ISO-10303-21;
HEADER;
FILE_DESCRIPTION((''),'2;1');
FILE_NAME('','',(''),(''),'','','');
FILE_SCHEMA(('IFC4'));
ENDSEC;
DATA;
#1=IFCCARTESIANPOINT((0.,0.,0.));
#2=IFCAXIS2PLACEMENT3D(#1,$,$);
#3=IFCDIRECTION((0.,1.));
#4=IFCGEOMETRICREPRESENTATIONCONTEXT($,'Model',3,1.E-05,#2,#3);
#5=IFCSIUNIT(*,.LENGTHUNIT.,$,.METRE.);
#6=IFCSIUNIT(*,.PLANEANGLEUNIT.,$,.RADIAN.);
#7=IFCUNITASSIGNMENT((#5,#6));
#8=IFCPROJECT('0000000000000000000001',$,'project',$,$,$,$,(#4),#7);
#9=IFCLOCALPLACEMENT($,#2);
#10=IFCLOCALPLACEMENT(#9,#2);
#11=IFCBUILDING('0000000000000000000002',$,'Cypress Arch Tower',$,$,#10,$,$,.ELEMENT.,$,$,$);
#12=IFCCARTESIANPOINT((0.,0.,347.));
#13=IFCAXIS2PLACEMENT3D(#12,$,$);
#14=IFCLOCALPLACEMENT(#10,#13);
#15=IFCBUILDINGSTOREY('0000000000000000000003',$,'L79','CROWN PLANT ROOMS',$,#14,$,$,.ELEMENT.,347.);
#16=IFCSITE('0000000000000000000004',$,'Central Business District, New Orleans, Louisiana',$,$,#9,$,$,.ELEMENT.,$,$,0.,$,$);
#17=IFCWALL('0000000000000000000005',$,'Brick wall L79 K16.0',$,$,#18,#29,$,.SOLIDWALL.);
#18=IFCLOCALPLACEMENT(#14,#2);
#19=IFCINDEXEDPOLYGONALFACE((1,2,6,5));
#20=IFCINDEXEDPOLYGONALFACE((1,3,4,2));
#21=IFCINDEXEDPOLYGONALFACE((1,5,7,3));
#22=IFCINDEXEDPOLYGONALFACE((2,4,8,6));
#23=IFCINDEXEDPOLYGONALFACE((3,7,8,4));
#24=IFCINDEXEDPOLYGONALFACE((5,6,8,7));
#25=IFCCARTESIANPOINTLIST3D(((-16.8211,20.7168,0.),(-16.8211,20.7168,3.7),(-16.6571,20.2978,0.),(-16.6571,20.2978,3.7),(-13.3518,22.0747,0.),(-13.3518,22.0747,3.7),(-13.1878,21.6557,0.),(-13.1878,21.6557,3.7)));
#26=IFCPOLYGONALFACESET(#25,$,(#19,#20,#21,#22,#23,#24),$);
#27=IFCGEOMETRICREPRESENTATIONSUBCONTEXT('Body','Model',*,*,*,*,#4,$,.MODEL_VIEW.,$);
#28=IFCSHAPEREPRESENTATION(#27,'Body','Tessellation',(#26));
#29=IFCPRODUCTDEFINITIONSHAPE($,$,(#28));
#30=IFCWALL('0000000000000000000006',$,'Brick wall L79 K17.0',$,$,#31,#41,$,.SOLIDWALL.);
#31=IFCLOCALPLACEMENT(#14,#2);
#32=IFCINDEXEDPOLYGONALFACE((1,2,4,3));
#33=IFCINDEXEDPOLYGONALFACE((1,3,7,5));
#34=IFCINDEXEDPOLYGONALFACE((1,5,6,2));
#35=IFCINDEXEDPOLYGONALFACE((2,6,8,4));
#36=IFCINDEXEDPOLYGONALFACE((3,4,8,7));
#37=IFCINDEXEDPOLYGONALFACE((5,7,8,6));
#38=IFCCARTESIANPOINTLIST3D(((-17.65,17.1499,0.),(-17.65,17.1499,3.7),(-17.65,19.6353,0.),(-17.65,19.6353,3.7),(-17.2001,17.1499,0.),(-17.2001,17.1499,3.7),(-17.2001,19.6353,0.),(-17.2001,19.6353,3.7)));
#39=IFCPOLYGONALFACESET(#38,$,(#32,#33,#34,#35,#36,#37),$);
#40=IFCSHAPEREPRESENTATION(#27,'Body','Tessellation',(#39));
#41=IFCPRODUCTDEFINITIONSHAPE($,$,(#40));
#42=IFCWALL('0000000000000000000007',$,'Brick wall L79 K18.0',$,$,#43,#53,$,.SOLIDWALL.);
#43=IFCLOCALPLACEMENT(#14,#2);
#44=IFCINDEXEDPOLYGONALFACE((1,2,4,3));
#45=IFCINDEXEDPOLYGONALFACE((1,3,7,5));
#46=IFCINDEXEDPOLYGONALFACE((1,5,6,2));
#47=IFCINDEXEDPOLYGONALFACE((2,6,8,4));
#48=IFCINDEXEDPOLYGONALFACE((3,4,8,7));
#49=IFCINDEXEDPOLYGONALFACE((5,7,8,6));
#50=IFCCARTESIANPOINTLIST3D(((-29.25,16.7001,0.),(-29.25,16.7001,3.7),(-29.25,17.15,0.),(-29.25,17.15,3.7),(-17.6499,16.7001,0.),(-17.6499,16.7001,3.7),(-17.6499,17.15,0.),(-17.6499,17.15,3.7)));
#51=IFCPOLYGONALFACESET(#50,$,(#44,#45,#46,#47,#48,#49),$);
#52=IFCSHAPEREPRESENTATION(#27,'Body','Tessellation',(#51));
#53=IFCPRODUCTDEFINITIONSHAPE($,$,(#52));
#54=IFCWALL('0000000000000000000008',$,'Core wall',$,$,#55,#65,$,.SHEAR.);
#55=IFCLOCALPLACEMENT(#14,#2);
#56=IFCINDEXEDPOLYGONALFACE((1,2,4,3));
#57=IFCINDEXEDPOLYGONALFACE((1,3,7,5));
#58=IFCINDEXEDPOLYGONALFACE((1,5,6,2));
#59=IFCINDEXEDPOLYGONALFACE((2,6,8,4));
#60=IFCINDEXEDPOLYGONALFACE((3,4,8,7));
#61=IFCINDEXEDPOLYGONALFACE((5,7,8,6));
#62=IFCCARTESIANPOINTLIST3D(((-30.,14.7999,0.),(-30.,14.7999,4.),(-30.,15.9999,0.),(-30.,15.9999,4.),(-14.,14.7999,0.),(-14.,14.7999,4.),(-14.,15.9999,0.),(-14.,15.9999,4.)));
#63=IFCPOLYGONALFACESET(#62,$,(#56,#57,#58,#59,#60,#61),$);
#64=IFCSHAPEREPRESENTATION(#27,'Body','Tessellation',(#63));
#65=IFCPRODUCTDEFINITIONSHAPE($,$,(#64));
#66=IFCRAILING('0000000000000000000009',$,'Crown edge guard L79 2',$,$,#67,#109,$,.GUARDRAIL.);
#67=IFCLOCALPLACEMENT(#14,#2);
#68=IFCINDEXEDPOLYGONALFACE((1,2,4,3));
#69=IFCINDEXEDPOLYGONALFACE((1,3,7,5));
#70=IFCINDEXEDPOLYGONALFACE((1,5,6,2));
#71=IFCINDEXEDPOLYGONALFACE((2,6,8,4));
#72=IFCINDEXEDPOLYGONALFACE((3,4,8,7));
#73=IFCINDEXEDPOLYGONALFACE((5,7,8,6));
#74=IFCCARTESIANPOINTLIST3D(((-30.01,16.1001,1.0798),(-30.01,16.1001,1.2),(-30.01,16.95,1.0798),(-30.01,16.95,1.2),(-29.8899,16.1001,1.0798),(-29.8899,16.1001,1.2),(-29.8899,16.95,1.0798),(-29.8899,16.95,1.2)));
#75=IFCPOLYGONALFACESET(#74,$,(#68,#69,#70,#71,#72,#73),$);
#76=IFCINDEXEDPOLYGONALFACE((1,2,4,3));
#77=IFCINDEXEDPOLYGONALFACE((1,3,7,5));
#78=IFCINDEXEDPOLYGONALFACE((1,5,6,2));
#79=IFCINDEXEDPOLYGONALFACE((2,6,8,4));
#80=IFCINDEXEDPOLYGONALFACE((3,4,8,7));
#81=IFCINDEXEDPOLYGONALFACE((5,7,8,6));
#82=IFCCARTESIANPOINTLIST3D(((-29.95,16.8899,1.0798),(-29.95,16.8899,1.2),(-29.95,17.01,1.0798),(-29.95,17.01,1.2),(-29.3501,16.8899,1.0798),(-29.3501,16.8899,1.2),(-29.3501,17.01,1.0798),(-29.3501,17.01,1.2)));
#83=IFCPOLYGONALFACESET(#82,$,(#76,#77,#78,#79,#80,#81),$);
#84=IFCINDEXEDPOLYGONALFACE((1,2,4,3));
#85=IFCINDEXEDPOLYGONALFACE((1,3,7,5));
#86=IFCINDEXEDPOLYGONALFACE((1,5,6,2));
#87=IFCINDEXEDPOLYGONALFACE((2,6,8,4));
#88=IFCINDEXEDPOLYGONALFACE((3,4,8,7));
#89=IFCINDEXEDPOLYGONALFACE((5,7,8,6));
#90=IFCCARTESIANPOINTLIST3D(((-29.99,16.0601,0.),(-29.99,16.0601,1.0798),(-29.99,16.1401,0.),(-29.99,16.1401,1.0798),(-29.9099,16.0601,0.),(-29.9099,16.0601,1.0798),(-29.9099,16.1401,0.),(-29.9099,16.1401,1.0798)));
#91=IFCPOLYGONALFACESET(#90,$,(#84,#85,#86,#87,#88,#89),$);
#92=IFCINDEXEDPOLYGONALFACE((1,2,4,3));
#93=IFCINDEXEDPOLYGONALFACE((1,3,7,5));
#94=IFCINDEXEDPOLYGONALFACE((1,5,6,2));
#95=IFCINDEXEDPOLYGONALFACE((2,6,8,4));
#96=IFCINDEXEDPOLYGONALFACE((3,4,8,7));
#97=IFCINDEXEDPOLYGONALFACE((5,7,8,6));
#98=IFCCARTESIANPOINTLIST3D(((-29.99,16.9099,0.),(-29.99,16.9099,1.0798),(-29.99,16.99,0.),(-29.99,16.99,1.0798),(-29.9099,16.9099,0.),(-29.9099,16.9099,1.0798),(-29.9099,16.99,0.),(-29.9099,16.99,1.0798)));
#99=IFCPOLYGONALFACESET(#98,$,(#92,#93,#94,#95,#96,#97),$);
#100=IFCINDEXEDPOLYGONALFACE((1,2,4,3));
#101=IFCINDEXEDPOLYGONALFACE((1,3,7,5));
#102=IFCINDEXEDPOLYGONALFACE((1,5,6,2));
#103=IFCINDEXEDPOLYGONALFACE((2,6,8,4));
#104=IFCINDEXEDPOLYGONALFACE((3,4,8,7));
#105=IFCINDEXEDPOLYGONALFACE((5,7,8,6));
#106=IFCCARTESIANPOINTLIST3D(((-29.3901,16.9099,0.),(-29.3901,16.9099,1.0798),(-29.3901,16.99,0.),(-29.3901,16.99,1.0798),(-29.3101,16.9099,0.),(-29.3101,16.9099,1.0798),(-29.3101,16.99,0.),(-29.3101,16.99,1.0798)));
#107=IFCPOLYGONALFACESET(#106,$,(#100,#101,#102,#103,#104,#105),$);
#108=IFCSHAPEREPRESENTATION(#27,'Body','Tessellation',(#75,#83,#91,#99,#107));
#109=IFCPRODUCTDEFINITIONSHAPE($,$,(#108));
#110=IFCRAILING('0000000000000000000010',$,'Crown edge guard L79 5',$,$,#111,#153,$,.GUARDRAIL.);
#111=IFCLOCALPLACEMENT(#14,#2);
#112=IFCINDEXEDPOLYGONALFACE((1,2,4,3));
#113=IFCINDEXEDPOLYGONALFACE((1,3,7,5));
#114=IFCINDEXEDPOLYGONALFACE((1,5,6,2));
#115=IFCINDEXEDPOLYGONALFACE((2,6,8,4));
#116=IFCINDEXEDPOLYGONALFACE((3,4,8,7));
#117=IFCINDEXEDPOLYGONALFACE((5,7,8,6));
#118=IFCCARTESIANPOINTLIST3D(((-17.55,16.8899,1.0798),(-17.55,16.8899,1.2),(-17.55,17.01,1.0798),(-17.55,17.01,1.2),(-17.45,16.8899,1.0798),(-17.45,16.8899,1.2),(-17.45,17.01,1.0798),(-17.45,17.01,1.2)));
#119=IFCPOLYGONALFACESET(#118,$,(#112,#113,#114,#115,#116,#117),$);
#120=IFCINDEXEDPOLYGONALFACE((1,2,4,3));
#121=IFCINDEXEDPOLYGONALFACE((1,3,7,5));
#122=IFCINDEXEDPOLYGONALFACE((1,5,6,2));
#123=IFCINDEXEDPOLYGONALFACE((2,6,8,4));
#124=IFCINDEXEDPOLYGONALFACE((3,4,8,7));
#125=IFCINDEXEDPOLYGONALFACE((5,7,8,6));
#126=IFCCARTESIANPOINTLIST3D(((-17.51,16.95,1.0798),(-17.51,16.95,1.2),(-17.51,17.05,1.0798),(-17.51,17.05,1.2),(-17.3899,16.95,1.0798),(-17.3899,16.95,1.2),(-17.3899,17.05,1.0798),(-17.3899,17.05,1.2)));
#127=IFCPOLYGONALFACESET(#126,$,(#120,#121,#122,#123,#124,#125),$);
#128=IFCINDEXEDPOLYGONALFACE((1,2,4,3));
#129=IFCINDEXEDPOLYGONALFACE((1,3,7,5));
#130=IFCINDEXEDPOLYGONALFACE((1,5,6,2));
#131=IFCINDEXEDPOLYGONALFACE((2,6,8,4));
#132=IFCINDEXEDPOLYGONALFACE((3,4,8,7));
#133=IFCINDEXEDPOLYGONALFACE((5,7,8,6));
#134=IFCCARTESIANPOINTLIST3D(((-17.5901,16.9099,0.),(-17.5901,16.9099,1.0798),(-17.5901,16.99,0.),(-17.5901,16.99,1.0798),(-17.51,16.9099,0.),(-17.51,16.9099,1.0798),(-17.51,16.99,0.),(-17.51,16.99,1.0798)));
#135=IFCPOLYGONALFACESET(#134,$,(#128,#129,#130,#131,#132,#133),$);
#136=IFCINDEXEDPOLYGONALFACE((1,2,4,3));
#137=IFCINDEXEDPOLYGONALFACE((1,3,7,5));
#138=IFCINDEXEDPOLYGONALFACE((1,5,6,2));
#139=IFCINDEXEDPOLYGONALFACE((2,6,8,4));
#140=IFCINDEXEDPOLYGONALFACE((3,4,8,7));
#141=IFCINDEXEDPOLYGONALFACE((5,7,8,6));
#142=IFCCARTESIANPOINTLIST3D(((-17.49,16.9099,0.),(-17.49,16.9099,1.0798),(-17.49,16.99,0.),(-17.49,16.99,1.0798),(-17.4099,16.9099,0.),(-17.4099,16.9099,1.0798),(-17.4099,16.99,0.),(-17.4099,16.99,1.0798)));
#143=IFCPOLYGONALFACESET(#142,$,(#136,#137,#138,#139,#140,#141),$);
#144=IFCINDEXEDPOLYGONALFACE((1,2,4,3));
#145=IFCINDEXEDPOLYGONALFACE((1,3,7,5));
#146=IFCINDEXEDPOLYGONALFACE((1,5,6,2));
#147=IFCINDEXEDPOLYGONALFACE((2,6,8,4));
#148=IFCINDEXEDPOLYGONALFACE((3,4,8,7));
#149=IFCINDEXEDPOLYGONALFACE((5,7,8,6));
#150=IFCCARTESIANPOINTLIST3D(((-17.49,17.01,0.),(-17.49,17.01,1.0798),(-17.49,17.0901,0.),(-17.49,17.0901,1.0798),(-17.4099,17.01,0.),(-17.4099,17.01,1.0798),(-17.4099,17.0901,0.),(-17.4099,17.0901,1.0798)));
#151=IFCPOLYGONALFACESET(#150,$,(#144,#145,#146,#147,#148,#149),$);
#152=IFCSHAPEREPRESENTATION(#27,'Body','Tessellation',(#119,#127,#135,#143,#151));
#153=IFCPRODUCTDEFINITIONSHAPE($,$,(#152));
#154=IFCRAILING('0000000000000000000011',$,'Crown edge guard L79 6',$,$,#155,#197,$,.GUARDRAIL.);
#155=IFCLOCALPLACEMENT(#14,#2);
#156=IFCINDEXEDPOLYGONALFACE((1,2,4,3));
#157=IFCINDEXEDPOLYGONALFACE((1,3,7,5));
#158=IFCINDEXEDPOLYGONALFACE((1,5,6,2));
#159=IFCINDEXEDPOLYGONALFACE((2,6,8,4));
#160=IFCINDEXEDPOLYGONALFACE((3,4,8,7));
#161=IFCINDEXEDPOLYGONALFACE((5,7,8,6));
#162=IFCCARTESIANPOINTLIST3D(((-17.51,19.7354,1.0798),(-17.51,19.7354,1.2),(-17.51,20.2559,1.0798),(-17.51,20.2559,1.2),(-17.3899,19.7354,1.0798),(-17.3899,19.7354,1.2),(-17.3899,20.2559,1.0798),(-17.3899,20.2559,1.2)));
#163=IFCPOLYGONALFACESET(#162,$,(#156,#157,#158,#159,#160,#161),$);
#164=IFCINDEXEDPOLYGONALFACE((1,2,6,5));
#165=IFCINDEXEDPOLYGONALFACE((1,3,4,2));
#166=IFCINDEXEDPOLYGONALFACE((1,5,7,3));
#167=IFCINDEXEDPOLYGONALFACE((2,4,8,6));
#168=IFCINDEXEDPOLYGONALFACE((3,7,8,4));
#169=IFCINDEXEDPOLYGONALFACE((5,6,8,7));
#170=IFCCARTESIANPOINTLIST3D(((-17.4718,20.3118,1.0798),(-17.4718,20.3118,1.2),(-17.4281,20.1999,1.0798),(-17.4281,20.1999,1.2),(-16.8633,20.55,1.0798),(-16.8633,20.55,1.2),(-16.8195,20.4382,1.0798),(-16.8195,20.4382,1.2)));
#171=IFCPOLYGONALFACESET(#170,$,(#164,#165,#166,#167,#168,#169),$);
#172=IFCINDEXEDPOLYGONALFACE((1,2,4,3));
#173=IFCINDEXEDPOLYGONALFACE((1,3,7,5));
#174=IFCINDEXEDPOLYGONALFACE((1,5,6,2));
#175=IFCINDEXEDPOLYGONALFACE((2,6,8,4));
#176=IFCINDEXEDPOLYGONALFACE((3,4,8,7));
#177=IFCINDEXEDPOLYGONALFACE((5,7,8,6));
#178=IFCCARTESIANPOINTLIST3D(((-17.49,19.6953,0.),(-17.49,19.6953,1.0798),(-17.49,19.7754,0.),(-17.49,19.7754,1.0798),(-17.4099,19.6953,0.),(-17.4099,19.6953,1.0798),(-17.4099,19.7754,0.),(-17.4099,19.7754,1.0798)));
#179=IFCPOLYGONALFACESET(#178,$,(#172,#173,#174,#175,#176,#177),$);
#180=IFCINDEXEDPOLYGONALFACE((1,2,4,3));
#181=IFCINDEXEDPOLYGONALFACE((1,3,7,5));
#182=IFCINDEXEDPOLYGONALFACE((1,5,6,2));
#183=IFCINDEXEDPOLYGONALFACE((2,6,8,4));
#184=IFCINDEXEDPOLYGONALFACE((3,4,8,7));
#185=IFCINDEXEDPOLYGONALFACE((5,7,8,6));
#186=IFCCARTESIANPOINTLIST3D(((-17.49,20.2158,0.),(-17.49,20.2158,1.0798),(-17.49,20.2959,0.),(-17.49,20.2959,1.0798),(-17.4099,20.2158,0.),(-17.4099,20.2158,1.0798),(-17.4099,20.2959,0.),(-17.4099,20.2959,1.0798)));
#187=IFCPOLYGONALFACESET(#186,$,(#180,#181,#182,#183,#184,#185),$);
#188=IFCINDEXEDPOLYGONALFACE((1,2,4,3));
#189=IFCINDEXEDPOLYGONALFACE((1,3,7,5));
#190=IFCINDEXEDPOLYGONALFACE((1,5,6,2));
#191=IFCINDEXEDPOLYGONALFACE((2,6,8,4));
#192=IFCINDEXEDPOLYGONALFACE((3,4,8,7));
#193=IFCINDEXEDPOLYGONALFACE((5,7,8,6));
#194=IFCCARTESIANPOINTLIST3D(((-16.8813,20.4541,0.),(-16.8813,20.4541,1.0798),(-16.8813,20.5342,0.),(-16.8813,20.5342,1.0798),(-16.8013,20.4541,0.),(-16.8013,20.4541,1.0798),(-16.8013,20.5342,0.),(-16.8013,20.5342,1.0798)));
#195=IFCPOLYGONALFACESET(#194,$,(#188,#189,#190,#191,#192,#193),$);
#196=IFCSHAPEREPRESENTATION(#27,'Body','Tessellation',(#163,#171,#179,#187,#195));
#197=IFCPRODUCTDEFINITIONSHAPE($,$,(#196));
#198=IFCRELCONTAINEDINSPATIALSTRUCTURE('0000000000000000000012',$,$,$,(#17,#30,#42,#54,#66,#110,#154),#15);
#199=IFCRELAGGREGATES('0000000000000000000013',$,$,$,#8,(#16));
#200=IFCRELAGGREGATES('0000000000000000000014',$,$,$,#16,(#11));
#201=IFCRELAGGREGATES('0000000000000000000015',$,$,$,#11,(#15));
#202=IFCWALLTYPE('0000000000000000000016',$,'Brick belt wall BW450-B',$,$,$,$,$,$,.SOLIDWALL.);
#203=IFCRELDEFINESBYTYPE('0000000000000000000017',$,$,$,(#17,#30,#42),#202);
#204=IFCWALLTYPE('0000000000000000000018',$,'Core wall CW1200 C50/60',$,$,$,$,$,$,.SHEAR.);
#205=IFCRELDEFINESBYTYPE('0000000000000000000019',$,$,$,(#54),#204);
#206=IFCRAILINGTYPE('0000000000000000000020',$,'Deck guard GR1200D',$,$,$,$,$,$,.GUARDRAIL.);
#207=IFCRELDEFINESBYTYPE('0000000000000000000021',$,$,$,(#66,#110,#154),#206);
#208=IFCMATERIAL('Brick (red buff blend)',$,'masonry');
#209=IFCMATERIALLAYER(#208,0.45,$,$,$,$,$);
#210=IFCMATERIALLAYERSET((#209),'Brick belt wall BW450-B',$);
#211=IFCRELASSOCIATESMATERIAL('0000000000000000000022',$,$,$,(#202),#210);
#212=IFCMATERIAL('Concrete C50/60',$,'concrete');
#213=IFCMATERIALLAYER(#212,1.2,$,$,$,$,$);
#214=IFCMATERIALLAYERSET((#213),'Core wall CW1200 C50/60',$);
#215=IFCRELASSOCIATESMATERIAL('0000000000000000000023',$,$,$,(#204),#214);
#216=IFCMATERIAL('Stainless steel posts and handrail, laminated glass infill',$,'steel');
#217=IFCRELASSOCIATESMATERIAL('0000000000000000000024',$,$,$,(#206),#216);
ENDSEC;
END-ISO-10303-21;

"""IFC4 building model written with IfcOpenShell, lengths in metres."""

from ifc_helpers import new_model, si_unit, direction, frame, frame_2d, origin, origin_2d, place, context, subcontext, project, spatial, rectangle, extrude, material, layer, layer_set, type_object, element, save


model = new_model("IFC4")

# Units and contexts
model_context = context("Model", 3, precision=1e-05, world=origin(), true_north=direction((0.0, 1.0)))
body_context = subcontext(model_context, "Body", "Model", "MODEL_VIEW")
ifc_project = project(units=[si_unit("LENGTHUNIT", "METRE"), si_unit("PLANEANGLEUNIT", "RADIAN")], contexts=[model_context])

# Site, building, storey
site_placement = place(None, origin())
site = spatial("IfcSite", under=ifc_project, at=site_placement, Name="Central Business District, New Orleans, Louisiana", CompositionType="ELEMENT", RefElevation=0.0)
building_placement = place(site_placement, origin())
building = spatial("IfcBuilding", under=site, at=building_placement, Name="Cypress Arch Tower", CompositionType="ELEMENT")
storey_placement = place(building_placement, frame((0.0, 0.0, 347.0)))
storey = spatial("IfcBuildingStorey", under=building, at=storey_placement, Name="L79", Description="CROWN PLANT ROOMS", CompositionType="ELEMENT", Elevation=347.0)

# Walls
ifc_material_1 = material(Name="Brick (red buff blend)", Category="masonry")
ifc_layer_1 = layer(ifc_material_1, 0.45)
ifc_layer_set_1 = layer_set([ifc_layer_1], Name="Brick belt wall BW450-B")
wall_type_1 = type_object("IfcWallType", Name="Brick belt wall BW450-B", PredefinedType="SOLIDWALL", material=ifc_layer_set_1)
wall_1_placement = place(storey_placement, frame((-13.2698, 21.8652, 0.0), z_axis=(0.0, 0.0, 1.0), x_axis=(-0.931208, -0.364488, 0.0)))
element("IfcWall", 1, at=wall_1_placement, inside=storey, type_object=wall_type_1, Name="Brick wall L79 K16.0", PredefinedType="SOLIDWALL", context=body_context, shape_type="SweptSolid", body=[
    extrude(rectangle(XDim=3.7256, YDim=0.45, at=frame_2d((1.8628, 0.0))), origin(), (0.0, 0.0, 1.0), 3.7),
])
wall_2_placement = place(storey_placement, frame((-17.425, 19.6353, 0.0), z_axis=(0.0, 0.0, 1.0), x_axis=(0.0, -1.0, 0.0)))
element("IfcWall", 2, at=wall_2_placement, inside=storey, type_object=wall_type_1, Name="Brick wall L79 K17.0", PredefinedType="SOLIDWALL", context=body_context, shape_type="SweptSolid", body=[
    extrude(rectangle(XDim=2.4854, YDim=0.45, at=frame_2d((1.2427, 0.0))), origin(), (0.0, 0.0, 1.0), 3.7),
])
wall_3_placement = place(storey_placement, frame((-17.6499, 16.925, 0.0), z_axis=(0.0, 0.0, 1.0), x_axis=(-1.0, 0.0, 0.0)))
element("IfcWall", 3, at=wall_3_placement, inside=storey, type_object=wall_type_1, Name="Brick wall L79 K18.0", PredefinedType="SOLIDWALL", context=body_context, shape_type="SweptSolid", body=[
    extrude(rectangle(XDim=11.6001, YDim=0.45, at=frame_2d((5.8, 0.0))), origin(), (0.0, 0.0, 1.0), 3.7),
])
ifc_material_2 = material(Name="Concrete C50/60", Category="concrete")
ifc_layer_2 = layer(ifc_material_2, 1.2)
ifc_layer_set_2 = layer_set([ifc_layer_2], Name="Core wall CW1200 C50/60")
wall_type_2 = type_object("IfcWallType", Name="Core wall CW1200 C50/60", PredefinedType="SHEAR", material=ifc_layer_set_2)
wall_4_placement = place(storey_placement, frame((-30.0, 15.3999, 0.0), z_axis=(0.0, 0.0, 1.0), x_axis=(1.0, 0.0, 0.0)))
element("IfcWall", 4, at=wall_4_placement, inside=storey, type_object=wall_type_2, Name="Core wall", PredefinedType="SHEAR", context=body_context, shape_type="SweptSolid", body=[
    extrude(rectangle(XDim=16.0, YDim=1.2, at=frame_2d((8.0, 0.0))), origin(), (0.0, 0.0, 1.0), 4.0),
])

# Railings
ifc_material_3 = material(Name="Stainless steel posts and handrail, laminated glass infill", Category="steel")
railing_type_1 = type_object("IfcRailingType", Name="Deck guard GR1200D", PredefinedType="GUARDRAIL", material=ifc_material_3)
railing_1_placement = place(storey_placement, frame((-29.95, 16.1001, 0.0)))
element("IfcRailing", 5, at=railing_1_placement, inside=storey, type_object=railing_type_1, Name="Crown edge guard L79 2", PredefinedType="GUARDRAIL", context=body_context, shape_type="SweptSolid", body=[
    extrude(rectangle(XDim=0.1201, YDim=0.1201, at=origin_2d()), frame((0.0, 0.0, 1.1399), z_axis=(0.0, 1.0, 0.0), x_axis=(-1.0, 0.0, 0.0)), (0.0, 0.0, 1.0), 0.8499),
    extrude(rectangle(XDim=0.1201, YDim=0.1201, at=origin_2d()), frame((0.0, 0.8499, 1.1399), z_axis=(1.0, 0.0, 0.0), x_axis=(0.0, 1.0, 0.0)), (0.0, 0.0, 1.0), 0.5999),
    extrude(rectangle(XDim=0.0801, YDim=0.0801, at=origin_2d()), origin(), (0.0, 0.0, 1.0), 1.0798),
    extrude(rectangle(XDim=0.0801, YDim=0.0801, at=origin_2d()), frame((0.0, 0.8499, 0.0)), (0.0, 0.0, 1.0), 1.0798),
    extrude(rectangle(XDim=0.0801, YDim=0.0801, at=origin_2d()), frame((0.5999, 0.8499, 0.0)), (0.0, 0.0, 1.0), 1.0798),
])
railing_2_placement = place(storey_placement, frame((-17.55, 16.95, 0.0)))
element("IfcRailing", 6, at=railing_2_placement, inside=storey, type_object=railing_type_1, Name="Crown edge guard L79 5", PredefinedType="GUARDRAIL", context=body_context, shape_type="SweptSolid", body=[
    extrude(rectangle(XDim=0.1201, YDim=0.1201, at=origin_2d()), frame((0.0, 0.0, 1.1399), z_axis=(1.0, 0.0, 0.0), x_axis=(0.0, 1.0, 0.0)), (0.0, 0.0, 1.0), 0.1001),
    extrude(rectangle(XDim=0.1201, YDim=0.1201, at=origin_2d()), frame((0.1001, 0.0, 1.1399), z_axis=(0.0, 1.0, 0.0), x_axis=(-1.0, 0.0, 0.0)), (0.0, 0.0, 1.0), 0.1001),
    extrude(rectangle(XDim=0.0801, YDim=0.0801, at=origin_2d()), origin(), (0.0, 0.0, 1.0), 1.0798),
    extrude(rectangle(XDim=0.0801, YDim=0.0801, at=origin_2d()), frame((0.1001, 0.0, 0.0)), (0.0, 0.0, 1.0), 1.0798),
    extrude(rectangle(XDim=0.0801, YDim=0.0801, at=origin_2d()), frame((0.1001, 0.1001, 0.0)), (0.0, 0.0, 1.0), 1.0798),
])
railing_3_placement = place(storey_placement, frame((-17.45, 19.7354, 0.0)))
element("IfcRailing", 7, at=railing_3_placement, inside=storey, type_object=railing_type_1, Name="Crown edge guard L79 6", PredefinedType="GUARDRAIL", context=body_context, shape_type="SweptSolid", body=[
    extrude(rectangle(XDim=0.1201, YDim=0.1201, at=origin_2d()), frame((0.0, 0.0, 1.1399), z_axis=(0.0, 1.0, 0.0), x_axis=(-1.0, 0.0, 0.0)), (0.0, 0.0, 1.0), 0.5205),
    extrude(rectangle(XDim=0.1201, YDim=0.1201, at=origin_2d()), frame((0.0, 0.5205, 1.1399), z_axis=(0.931182, 0.364554, 0.0), x_axis=(-0.364554, 0.931182, 0.0)), (0.0, 0.0, 1.0), 0.6536),
    extrude(rectangle(XDim=0.0801, YDim=0.0801, at=origin_2d()), origin(), (0.0, 0.0, 1.0), 1.0798),
    extrude(rectangle(XDim=0.0801, YDim=0.0801, at=origin_2d()), frame((0.0, 0.5205, 0.0)), (0.0, 0.0, 1.0), 1.0798),
    extrude(rectangle(XDim=0.0801, YDim=0.0801, at=origin_2d()), frame((0.6086, 0.7588, 0.0)), (0.0, 0.0, 1.0), 1.0798),
])

save(model, "model.ifc")
